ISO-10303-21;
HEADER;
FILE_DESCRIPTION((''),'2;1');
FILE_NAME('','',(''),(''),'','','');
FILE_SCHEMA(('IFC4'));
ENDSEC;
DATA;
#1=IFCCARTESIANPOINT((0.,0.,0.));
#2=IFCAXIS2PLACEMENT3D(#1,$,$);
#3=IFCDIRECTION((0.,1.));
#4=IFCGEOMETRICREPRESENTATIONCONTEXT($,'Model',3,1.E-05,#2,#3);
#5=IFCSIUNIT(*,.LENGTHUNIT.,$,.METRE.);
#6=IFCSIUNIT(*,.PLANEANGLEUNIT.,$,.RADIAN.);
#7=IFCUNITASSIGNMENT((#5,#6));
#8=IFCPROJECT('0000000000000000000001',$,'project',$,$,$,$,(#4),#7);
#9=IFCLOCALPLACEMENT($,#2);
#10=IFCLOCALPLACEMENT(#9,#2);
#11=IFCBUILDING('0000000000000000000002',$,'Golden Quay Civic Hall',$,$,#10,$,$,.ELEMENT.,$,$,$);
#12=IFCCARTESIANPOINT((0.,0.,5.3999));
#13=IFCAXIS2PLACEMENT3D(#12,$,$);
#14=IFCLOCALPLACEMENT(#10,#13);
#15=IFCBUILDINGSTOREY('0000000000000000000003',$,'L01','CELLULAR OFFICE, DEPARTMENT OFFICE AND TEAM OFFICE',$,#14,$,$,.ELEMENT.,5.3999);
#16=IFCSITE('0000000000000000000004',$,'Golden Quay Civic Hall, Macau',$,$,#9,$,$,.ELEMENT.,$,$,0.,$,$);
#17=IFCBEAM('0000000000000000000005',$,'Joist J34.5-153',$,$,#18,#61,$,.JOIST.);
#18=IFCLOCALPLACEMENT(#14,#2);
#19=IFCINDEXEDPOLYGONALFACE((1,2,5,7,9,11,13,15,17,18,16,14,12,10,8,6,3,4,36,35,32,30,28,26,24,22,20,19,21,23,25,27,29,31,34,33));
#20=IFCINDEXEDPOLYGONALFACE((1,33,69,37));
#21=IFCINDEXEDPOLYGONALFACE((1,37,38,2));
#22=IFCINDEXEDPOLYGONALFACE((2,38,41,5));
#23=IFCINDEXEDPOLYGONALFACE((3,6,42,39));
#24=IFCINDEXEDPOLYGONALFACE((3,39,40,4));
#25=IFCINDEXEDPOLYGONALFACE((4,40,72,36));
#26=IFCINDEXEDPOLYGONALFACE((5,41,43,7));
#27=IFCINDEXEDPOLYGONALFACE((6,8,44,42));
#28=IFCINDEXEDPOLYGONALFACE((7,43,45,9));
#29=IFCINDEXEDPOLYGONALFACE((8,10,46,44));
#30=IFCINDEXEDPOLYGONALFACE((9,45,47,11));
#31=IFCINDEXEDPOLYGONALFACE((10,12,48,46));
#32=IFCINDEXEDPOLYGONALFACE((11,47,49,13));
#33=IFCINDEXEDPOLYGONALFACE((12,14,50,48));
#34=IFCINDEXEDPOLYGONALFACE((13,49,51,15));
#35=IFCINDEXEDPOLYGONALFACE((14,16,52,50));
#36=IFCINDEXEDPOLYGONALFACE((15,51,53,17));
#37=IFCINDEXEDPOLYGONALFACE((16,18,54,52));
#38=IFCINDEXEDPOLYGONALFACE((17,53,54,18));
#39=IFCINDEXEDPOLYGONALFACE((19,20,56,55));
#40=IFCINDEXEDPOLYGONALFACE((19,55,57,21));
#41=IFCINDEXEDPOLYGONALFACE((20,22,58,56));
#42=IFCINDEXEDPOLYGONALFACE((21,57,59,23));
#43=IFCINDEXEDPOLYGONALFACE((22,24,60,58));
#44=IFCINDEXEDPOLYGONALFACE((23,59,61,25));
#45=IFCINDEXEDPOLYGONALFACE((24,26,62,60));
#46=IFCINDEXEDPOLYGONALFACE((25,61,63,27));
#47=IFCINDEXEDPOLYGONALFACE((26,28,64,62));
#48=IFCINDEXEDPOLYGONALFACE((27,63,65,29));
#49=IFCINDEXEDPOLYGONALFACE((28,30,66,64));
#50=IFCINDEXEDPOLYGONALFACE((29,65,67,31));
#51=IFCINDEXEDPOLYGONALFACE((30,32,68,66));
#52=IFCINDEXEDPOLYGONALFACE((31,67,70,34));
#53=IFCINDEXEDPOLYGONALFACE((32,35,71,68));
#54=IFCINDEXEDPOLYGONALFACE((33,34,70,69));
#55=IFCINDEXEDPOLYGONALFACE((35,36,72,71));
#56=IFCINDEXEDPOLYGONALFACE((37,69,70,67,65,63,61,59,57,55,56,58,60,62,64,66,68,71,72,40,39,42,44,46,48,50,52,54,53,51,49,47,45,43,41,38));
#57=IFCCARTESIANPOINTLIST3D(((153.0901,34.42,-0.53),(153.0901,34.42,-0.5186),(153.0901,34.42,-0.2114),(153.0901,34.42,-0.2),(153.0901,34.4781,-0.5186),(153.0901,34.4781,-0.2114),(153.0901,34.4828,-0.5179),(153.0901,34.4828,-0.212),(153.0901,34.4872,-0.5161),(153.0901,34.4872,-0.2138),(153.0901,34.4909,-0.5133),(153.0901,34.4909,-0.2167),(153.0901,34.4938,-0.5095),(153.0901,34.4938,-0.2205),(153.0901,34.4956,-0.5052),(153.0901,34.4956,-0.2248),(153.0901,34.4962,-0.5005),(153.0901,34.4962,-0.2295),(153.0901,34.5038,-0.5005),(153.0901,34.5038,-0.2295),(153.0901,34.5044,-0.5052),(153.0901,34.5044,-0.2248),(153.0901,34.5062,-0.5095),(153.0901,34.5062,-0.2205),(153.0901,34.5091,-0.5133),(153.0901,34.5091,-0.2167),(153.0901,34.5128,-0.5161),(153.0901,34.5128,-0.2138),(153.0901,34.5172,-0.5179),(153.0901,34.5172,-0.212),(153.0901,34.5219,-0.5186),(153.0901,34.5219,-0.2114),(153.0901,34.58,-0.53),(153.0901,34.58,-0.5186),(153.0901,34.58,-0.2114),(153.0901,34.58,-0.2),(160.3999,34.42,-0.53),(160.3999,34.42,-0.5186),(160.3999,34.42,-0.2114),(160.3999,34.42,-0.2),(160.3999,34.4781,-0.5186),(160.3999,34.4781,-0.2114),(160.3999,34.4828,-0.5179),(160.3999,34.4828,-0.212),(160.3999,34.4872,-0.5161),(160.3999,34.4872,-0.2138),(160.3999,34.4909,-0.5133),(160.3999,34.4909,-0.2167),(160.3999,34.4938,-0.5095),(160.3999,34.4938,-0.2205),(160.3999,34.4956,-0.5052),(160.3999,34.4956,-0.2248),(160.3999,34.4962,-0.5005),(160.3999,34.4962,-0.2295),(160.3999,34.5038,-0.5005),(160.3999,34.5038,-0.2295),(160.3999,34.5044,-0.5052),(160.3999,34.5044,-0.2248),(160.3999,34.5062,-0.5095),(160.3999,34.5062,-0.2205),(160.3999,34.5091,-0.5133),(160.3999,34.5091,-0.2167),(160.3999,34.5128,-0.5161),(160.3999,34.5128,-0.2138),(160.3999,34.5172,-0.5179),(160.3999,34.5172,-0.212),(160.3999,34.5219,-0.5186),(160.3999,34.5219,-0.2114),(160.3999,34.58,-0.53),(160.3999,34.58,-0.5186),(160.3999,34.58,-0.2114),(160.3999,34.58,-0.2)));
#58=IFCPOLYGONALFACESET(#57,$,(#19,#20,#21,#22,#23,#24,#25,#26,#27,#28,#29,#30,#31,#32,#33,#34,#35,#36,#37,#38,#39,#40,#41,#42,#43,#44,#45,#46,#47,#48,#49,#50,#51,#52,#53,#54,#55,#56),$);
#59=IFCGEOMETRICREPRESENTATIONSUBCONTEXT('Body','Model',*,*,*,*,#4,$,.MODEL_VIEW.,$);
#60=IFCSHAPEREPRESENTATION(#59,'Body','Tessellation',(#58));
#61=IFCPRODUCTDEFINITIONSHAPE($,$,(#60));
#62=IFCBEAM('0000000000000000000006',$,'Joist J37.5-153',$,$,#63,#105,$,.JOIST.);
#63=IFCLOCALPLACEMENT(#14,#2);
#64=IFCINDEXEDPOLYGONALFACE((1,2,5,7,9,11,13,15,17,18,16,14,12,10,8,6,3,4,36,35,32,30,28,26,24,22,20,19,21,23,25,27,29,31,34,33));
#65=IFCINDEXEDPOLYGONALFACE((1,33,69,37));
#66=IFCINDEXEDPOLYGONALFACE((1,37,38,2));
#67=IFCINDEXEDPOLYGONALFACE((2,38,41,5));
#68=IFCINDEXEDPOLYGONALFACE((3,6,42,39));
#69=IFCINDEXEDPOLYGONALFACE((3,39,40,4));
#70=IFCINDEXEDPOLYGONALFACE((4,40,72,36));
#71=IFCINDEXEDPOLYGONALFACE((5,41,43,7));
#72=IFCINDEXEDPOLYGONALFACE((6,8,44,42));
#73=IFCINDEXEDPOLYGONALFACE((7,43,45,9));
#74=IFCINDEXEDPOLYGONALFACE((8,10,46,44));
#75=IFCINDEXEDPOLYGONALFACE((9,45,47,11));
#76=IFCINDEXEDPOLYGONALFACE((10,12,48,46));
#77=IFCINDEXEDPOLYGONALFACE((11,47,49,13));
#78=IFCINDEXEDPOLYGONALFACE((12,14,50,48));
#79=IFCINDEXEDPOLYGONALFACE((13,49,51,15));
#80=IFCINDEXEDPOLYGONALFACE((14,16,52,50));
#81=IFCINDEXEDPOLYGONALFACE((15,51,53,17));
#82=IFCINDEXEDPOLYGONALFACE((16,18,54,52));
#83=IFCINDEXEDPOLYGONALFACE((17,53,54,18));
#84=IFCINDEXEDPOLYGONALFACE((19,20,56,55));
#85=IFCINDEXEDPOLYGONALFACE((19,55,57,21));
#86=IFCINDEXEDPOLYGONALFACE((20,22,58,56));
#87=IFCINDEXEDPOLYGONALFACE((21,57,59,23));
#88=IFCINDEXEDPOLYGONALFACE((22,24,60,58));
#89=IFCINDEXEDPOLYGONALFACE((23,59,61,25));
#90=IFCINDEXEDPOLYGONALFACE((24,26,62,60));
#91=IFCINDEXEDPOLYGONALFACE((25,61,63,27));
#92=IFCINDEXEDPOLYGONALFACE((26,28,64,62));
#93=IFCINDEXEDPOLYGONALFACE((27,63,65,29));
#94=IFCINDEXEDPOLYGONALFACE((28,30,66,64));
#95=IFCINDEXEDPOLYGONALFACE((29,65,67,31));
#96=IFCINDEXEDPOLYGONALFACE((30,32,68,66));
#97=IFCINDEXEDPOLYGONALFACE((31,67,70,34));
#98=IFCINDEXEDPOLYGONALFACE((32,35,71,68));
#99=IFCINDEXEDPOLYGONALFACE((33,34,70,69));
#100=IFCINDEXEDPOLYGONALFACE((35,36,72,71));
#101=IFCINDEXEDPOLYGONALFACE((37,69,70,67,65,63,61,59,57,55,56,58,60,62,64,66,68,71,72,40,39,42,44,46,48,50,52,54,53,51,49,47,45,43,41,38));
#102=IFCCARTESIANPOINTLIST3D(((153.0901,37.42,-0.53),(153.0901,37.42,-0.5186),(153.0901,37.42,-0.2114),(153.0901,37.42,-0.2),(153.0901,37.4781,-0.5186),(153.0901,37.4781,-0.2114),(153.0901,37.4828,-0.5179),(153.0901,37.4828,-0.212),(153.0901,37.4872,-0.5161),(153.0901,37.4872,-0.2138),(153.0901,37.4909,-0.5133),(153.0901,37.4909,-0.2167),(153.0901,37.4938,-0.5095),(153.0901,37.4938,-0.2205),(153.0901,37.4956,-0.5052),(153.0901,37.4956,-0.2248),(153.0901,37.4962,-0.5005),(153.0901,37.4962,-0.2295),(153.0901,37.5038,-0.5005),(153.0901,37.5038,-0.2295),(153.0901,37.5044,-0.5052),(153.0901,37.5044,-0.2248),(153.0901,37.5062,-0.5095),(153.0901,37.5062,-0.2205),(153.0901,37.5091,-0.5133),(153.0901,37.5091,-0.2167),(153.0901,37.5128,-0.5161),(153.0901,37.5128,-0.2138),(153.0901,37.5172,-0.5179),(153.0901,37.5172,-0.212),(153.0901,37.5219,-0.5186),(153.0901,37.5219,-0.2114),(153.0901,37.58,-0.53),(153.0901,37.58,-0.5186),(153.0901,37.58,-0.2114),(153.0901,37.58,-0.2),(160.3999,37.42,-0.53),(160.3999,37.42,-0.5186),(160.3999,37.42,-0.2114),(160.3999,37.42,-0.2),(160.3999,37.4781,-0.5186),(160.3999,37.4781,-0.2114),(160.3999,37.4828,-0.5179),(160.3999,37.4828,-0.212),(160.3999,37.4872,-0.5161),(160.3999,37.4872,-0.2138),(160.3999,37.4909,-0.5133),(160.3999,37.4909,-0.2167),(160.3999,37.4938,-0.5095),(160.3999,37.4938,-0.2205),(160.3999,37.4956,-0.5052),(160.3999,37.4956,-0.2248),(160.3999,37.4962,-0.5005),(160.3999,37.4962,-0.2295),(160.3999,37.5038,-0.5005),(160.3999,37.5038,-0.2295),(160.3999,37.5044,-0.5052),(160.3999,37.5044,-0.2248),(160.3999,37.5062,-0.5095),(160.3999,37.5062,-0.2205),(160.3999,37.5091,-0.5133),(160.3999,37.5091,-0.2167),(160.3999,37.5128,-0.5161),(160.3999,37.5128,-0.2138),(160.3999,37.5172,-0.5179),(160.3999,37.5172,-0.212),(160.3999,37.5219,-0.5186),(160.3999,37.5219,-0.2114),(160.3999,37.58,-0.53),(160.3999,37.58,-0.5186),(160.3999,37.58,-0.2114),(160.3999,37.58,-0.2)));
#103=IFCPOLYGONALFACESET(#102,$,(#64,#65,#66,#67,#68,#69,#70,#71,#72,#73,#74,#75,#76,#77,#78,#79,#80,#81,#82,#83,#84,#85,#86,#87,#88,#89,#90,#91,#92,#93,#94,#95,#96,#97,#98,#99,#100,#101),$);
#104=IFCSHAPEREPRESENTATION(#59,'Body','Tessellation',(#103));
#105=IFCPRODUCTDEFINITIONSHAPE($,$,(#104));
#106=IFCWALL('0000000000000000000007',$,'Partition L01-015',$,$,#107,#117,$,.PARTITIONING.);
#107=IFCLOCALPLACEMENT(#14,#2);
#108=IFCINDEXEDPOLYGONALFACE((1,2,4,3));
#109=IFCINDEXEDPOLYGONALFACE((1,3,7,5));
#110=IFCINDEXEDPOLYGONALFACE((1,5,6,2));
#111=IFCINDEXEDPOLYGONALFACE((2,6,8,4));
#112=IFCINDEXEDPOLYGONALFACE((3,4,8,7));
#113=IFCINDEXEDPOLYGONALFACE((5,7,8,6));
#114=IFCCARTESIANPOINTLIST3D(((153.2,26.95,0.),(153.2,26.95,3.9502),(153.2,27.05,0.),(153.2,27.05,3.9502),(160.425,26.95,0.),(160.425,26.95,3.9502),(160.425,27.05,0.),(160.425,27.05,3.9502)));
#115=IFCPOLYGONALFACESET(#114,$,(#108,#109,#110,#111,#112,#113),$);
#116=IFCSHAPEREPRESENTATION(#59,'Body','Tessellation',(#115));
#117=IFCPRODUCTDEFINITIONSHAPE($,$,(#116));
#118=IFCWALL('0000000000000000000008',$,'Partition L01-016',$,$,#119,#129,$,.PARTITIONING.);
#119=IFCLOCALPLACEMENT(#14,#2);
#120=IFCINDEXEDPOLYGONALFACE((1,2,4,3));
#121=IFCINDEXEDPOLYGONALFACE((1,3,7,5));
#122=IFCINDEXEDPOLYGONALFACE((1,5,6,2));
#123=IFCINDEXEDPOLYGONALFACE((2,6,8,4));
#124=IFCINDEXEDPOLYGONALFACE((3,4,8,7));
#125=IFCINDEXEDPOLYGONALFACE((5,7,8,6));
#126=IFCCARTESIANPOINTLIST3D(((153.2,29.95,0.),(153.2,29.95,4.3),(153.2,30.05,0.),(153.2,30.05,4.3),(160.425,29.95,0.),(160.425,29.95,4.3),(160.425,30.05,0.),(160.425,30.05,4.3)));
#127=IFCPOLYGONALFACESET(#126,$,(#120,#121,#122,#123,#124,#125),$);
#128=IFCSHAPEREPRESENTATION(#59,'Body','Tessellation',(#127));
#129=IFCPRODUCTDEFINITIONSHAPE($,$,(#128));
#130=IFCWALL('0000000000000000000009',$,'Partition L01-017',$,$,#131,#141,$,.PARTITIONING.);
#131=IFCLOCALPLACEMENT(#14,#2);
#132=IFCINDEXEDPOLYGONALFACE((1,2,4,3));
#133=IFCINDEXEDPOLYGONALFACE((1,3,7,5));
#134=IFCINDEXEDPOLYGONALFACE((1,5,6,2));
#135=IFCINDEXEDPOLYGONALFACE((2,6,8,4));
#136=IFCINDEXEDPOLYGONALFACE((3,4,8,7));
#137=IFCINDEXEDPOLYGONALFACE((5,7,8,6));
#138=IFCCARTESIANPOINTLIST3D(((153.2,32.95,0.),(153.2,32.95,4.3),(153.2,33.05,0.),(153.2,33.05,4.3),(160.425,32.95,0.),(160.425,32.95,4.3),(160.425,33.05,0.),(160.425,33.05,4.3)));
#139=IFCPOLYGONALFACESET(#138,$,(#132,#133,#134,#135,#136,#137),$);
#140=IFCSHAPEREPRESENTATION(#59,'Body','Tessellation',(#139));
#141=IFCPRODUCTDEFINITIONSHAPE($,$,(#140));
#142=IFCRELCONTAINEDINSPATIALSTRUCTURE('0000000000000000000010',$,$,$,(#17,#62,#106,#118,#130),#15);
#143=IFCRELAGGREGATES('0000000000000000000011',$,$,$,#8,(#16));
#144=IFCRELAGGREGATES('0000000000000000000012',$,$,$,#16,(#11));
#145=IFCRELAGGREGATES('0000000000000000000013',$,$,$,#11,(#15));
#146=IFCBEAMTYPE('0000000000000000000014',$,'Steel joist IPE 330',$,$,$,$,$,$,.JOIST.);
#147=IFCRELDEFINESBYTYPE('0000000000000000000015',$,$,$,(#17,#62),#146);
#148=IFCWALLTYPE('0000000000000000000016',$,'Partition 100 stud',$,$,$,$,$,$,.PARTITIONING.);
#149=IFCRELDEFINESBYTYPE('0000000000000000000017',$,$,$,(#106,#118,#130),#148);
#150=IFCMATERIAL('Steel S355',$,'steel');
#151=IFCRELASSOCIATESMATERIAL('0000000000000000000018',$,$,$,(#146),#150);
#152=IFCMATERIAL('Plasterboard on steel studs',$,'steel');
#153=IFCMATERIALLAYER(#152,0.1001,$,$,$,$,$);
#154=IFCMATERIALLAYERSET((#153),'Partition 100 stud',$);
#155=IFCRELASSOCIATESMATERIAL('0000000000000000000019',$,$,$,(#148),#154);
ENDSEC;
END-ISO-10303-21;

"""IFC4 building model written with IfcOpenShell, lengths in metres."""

from ifc_helpers import new_model, si_unit, direction, frame, frame_2d, origin, origin_2d, place, context, subcontext, project, spatial, rectangle, i_section, extrude, material, layer, layer_set, material_profile, profile_set, type_object, element, save


model = new_model("IFC4")

# Units and contexts
model_context = context("Model", 3, precision=1e-05, world=origin(), true_north=direction((0.0, 1.0)))
body_context = subcontext(model_context, "Body", "Model", "MODEL_VIEW")
ifc_project = project(units=[si_unit("LENGTHUNIT", "METRE"), si_unit("PLANEANGLEUNIT", "RADIAN")], contexts=[model_context])

# Site, building, storey
site_placement = place(None, origin())
site = spatial("IfcSite", under=ifc_project, at=site_placement, Name="Golden Quay Civic Hall, Macau", CompositionType="ELEMENT", RefElevation=0.0)
building_placement = place(site_placement, origin())
building = spatial("IfcBuilding", under=site, at=building_placement, Name="Golden Quay Civic Hall", CompositionType="ELEMENT")
storey_placement = place(building_placement, frame((0.0, 0.0, 5.3999)))
storey = spatial("IfcBuildingStorey", under=building, at=storey_placement, Name="L01", Description="CELLULAR OFFICE, DEPARTMENT OFFICE AND TEAM OFFICE", CompositionType="ELEMENT", Elevation=5.3999)

# Beams
ifc_material_1 = material(Name="Steel S355", Category="steel")
ifc_material_profile_1 = material_profile(ifc_material_1, i_section(OverallWidth=0.1599, OverallDepth=0.3301, WebThickness=0.0076, FlangeThickness=0.0115, FilletRadius=0.0181, at=origin_2d()), Name="IPE 330")
ifc_profile_set_1 = profile_set([ifc_material_profile_1], Name="Steel S355")
beam_type_1 = type_object("IfcBeamType", Name="Steel joist IPE 330", PredefinedType="JOIST", material=ifc_profile_set_1)
for number, where, z_axis, x_axis, name in (
    (1, (153.0901, 34.5, -0.365), (1.0, 0.0, 0.0), (0.0, 1.0, 0.0), "Joist J34.5-153"),
    (2, (153.0901, 37.5, -0.365), (1.0, 0.0, 0.0), (0.0, 1.0, 0.0), "Joist J37.5-153"),
):
    element("IfcBeam", number, at=place(storey_placement, frame(where, z_axis=z_axis, x_axis=x_axis)), inside=storey, type_object=beam_type_1, Name=name, PredefinedType="JOIST", context=body_context, shape_type="SweptSolid", body=[
        extrude(i_section(OverallWidth=0.1599, OverallDepth=0.3301, WebThickness=0.0076, FlangeThickness=0.0115, FilletRadius=0.0181, at=origin_2d()), origin(), (0.0, 0.0, 1.0), 7.3098),
    ])

# Walls
ifc_material_2 = material(Name="Plasterboard on steel studs", Category="steel")
ifc_layer = layer(ifc_material_2, 0.1001)
ifc_layer_set = layer_set([ifc_layer], Name="Partition 100 stud")
wall_type = type_object("IfcWallType", Name="Partition 100 stud", PredefinedType="PARTITIONING", material=ifc_layer_set)
wall_placement = place(storey_placement, frame((153.2, 27.0, 0.0), z_axis=(0.0, 0.0, 1.0), x_axis=(1.0, 0.0, 0.0)))
element("IfcWall", 3, at=wall_placement, inside=storey, type_object=wall_type, Name="Partition L01-015", PredefinedType="PARTITIONING", context=body_context, shape_type="SweptSolid", body=[
    extrude(rectangle(XDim=7.2251, YDim=0.1001, at=frame_2d((3.6125, 0.0))), origin(), (0.0, 0.0, 1.0), 3.9502),
])
for number, where, z_axis, x_axis, name in (
    (4, (153.2, 30.0, 0.0), (0.0, 0.0, 1.0), (1.0, 0.0, 0.0), "Partition L01-016"),
    (5, (153.2, 33.0, 0.0), (0.0, 0.0, 1.0), (1.0, 0.0, 0.0), "Partition L01-017"),
):
    element("IfcWall", number, at=place(storey_placement, frame(where, z_axis=z_axis, x_axis=x_axis)), inside=storey, type_object=wall_type, Name=name, PredefinedType="PARTITIONING", context=body_context, shape_type="SweptSolid", body=[
        extrude(rectangle(XDim=7.2251, YDim=0.1001, at=frame_2d((3.6125, 0.0))), origin(), (0.0, 0.0, 1.0), 4.3),
    ])

save(model, "model.ifc")
